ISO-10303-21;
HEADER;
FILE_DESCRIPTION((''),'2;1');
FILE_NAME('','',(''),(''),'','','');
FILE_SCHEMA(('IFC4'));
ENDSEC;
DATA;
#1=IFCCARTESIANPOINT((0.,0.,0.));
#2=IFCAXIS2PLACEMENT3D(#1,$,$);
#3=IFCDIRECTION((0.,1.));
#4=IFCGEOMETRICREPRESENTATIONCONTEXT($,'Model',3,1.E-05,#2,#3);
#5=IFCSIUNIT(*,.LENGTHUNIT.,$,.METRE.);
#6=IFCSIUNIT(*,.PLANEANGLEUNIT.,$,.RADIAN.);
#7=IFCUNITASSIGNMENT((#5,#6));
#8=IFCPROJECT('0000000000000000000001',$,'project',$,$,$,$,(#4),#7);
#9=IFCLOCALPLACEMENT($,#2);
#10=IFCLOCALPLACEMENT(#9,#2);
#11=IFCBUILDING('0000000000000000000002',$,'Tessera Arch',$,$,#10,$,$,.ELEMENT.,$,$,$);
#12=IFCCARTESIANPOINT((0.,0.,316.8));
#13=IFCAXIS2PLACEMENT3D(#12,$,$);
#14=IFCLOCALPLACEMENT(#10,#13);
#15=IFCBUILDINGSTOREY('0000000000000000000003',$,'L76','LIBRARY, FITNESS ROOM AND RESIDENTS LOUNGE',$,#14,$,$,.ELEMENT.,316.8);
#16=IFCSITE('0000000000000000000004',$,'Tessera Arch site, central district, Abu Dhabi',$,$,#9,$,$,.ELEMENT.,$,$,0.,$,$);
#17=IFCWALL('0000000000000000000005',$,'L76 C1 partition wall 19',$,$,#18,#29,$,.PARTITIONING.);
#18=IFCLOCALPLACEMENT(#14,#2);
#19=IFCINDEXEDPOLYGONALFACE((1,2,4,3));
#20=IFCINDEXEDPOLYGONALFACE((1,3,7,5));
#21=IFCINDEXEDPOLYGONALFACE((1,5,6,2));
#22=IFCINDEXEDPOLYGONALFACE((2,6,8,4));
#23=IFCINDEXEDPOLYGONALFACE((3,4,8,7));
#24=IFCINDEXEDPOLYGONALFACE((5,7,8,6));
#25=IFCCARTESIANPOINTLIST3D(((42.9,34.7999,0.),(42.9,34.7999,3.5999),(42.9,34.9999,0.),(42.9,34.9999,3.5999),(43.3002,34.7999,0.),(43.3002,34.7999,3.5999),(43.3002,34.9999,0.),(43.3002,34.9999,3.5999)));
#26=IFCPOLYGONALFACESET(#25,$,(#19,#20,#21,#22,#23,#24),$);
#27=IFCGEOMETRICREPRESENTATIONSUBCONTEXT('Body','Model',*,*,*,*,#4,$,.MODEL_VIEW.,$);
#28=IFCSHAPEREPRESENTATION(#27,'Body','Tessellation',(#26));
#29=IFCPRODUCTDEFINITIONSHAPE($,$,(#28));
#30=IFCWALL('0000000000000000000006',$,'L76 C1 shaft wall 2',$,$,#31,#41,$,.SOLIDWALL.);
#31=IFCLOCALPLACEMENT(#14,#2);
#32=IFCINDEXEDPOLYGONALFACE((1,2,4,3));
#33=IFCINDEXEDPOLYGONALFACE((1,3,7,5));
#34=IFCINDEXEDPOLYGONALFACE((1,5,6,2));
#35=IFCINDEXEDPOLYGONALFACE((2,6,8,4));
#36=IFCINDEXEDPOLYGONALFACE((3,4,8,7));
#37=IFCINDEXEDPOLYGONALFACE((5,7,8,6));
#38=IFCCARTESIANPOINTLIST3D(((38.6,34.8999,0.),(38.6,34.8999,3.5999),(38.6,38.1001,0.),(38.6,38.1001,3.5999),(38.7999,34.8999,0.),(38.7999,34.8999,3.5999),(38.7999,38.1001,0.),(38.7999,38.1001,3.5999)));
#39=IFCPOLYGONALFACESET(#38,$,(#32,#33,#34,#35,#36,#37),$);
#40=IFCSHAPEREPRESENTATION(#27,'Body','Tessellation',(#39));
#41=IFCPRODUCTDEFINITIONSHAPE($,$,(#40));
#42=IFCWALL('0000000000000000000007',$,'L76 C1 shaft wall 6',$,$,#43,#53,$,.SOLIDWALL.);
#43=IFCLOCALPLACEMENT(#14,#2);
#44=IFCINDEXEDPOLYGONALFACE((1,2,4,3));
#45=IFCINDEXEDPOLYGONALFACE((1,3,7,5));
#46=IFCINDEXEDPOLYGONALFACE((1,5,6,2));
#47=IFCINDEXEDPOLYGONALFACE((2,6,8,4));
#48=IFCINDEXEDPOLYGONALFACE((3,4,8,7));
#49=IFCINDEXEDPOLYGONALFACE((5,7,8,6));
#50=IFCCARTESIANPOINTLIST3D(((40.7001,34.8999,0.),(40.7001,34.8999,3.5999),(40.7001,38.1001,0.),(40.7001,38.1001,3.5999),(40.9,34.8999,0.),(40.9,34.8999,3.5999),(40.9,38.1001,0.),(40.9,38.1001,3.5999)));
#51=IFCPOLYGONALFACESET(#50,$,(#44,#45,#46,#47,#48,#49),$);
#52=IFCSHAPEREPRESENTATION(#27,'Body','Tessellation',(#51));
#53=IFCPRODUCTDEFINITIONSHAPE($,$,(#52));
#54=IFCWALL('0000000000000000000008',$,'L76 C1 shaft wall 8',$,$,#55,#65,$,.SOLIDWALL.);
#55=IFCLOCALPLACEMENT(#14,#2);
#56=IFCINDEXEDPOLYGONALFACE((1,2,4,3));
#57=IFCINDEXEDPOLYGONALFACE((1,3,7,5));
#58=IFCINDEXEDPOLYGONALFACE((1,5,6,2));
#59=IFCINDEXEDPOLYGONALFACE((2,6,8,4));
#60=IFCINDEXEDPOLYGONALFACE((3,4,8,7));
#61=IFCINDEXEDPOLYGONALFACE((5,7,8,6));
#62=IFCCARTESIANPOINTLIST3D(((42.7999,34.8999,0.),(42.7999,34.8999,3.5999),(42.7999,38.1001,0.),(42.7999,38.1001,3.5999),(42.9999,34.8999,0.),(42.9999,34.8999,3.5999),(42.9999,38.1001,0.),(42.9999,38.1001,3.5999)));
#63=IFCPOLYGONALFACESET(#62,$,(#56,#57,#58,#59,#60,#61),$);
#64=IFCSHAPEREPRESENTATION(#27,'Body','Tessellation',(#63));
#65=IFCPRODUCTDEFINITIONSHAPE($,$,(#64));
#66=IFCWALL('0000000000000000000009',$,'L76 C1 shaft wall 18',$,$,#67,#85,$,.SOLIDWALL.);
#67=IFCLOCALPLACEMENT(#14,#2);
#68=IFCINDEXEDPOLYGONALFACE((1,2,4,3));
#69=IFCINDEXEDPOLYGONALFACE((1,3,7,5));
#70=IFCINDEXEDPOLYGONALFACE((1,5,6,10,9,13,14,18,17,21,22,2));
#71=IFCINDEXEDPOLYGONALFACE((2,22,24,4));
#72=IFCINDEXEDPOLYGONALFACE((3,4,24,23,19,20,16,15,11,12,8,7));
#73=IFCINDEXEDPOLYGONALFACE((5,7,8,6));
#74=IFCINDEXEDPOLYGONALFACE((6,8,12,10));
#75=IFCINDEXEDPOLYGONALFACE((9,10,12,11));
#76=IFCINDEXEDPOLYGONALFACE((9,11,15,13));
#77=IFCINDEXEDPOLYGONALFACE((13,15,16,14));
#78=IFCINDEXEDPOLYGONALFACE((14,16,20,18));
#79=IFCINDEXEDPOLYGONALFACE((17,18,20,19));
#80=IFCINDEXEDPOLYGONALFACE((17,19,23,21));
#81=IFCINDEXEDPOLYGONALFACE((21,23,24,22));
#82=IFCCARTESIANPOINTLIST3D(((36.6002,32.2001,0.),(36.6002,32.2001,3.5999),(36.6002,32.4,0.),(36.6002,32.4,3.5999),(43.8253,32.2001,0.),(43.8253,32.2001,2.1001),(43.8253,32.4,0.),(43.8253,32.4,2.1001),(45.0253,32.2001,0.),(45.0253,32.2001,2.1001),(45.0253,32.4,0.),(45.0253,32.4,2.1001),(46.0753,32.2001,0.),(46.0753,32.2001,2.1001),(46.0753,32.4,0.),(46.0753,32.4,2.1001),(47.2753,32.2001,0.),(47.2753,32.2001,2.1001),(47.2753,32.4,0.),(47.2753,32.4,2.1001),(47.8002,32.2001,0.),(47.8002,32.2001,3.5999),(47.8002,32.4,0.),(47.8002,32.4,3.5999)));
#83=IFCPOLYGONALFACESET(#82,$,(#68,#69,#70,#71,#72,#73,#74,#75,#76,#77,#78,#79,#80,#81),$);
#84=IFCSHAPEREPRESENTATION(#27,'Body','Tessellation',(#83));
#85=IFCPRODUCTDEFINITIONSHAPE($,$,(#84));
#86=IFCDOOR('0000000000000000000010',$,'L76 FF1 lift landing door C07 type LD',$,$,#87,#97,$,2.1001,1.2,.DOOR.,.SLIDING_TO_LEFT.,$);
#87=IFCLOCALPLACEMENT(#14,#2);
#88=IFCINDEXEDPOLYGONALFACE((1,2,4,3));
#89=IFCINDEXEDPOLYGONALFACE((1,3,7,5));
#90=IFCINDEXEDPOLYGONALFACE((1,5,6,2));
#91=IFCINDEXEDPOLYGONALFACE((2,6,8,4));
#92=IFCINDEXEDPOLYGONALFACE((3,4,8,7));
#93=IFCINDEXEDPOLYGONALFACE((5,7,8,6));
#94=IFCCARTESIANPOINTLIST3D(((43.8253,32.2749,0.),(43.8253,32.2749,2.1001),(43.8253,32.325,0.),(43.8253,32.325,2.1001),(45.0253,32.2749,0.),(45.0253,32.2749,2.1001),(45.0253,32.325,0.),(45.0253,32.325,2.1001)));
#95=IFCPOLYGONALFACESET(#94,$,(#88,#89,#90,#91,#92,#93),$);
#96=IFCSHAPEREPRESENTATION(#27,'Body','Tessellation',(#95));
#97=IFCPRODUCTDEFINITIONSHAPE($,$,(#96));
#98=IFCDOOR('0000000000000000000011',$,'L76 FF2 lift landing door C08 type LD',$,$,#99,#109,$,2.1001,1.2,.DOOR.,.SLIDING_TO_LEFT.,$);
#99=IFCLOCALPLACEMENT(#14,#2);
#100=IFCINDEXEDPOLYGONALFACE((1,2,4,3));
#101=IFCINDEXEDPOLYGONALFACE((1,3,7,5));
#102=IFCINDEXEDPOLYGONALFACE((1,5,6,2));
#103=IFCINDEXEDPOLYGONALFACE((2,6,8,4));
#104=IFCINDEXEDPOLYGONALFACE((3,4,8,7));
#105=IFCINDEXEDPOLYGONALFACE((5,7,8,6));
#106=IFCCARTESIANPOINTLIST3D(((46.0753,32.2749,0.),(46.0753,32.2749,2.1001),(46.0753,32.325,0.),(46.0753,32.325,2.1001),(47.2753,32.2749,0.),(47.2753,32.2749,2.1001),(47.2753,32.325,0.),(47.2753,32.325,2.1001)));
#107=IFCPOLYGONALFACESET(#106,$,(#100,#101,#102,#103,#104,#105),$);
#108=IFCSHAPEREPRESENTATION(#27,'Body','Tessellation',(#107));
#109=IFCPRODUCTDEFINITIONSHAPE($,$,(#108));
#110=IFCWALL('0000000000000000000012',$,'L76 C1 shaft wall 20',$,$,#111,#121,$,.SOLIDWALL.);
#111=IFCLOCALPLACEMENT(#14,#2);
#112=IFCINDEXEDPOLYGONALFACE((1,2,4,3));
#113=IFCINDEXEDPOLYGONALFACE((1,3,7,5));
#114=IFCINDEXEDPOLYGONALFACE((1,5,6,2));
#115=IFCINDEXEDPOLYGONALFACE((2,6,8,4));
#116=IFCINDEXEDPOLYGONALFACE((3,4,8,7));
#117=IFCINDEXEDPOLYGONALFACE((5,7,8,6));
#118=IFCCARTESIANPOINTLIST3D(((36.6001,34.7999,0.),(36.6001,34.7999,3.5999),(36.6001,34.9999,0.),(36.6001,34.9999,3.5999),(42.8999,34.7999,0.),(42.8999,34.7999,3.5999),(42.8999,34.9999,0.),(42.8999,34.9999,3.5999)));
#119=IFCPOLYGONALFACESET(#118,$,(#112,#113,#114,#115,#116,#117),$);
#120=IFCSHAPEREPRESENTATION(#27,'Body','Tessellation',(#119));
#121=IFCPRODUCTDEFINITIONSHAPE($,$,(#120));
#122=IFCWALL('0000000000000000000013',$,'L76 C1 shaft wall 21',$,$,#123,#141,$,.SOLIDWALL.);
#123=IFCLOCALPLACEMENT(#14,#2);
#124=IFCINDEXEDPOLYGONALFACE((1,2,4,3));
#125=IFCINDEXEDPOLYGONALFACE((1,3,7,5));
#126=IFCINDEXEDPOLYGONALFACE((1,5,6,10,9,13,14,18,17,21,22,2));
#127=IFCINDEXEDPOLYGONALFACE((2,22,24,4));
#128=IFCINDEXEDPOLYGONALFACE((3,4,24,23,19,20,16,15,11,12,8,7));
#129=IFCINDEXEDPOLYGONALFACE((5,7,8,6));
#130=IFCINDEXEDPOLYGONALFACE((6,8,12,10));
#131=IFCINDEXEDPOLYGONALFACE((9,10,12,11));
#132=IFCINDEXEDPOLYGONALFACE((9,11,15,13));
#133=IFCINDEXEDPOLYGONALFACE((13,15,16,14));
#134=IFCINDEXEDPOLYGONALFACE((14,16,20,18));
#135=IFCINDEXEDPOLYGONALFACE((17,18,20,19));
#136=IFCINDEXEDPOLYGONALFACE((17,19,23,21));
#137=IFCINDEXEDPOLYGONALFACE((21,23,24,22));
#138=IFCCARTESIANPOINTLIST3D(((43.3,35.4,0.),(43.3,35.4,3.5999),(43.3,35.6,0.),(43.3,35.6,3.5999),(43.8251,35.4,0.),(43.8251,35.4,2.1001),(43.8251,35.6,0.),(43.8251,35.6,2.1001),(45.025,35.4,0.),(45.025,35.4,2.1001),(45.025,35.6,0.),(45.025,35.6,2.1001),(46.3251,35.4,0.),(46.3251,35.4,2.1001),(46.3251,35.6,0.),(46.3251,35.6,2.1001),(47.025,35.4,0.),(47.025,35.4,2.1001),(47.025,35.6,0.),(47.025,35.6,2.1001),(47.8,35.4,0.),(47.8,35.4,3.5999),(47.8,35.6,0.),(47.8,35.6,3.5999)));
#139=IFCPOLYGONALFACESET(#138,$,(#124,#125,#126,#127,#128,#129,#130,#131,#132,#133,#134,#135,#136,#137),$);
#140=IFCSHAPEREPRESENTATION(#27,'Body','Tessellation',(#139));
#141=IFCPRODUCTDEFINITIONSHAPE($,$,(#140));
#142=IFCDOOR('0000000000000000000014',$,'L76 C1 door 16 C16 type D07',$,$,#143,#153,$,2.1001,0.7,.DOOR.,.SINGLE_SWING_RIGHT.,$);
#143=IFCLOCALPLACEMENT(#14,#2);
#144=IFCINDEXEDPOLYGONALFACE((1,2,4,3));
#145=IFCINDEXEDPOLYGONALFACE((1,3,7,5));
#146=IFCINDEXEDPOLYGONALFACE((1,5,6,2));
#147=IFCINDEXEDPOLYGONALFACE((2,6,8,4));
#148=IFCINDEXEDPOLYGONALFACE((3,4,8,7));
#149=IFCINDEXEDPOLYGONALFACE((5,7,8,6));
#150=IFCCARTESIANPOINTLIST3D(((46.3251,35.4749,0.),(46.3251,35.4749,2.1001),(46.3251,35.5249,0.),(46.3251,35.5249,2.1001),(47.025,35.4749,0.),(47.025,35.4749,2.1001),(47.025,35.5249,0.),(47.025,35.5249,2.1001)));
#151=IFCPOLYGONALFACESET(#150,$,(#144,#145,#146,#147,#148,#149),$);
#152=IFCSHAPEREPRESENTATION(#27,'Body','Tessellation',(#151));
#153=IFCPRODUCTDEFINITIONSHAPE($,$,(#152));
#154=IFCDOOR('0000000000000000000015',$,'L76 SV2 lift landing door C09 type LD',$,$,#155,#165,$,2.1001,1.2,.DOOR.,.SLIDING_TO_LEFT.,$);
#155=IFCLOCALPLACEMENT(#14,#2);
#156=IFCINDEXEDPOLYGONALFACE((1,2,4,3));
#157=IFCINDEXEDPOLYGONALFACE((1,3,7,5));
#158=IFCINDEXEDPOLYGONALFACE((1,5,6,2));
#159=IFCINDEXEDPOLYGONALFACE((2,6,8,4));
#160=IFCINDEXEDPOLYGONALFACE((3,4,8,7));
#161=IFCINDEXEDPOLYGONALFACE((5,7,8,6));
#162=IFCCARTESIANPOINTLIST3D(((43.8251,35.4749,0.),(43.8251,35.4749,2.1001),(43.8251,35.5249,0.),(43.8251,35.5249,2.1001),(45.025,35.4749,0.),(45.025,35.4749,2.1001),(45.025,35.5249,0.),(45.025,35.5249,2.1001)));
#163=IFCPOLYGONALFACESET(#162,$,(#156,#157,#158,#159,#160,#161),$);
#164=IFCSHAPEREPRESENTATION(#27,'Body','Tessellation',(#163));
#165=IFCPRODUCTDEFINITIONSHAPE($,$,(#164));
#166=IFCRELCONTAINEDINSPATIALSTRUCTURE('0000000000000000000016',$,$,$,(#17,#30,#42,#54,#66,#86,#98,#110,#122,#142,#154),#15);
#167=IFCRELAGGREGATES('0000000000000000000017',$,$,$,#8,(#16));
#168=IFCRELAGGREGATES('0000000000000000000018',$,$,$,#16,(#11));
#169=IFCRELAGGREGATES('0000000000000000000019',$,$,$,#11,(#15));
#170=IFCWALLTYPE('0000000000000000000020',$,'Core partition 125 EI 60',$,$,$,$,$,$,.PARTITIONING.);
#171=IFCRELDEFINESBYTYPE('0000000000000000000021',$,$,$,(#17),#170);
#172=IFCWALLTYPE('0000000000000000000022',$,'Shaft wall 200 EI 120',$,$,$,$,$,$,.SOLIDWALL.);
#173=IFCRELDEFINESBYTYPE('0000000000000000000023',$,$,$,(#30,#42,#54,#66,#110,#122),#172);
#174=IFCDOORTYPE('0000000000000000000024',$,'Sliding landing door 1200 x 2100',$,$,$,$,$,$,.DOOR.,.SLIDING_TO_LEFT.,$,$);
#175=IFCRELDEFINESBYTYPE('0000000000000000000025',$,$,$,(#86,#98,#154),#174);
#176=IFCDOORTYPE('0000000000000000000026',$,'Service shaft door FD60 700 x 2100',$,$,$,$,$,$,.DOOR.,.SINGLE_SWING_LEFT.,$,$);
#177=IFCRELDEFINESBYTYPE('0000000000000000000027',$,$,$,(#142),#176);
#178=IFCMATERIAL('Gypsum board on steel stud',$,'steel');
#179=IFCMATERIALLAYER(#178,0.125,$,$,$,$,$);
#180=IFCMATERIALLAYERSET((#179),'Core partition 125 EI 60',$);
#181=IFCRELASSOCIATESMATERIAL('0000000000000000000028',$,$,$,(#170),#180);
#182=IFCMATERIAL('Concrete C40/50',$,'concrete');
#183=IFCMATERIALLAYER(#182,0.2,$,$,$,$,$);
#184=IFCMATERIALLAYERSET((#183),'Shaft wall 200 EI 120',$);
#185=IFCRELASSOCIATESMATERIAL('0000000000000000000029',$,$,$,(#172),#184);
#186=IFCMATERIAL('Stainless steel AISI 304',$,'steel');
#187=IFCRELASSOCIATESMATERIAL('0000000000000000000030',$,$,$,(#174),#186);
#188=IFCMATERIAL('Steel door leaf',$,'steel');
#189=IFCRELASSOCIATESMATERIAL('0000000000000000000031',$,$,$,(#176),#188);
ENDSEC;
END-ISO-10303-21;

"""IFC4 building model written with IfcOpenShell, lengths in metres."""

from ifc_helpers import new_model, si_unit, direction, frame, frame_2d, origin, place, context, subcontext, project, spatial, rectangle, extrude, material, layer, layer_set, type_object, element, fill, save


model = new_model("IFC4")

# Units and contexts
model_context = context("Model", 3, precision=1e-05, world=origin(), true_north=direction((0.0, 1.0)))
body_context = subcontext(model_context, "Body", "Model", "MODEL_VIEW")
ifc_project = project(units=[si_unit("LENGTHUNIT", "METRE"), si_unit("PLANEANGLEUNIT", "RADIAN")], contexts=[model_context])

# Site, building, storey
site_placement = place(None, origin())
site = spatial("IfcSite", under=ifc_project, at=site_placement, Name="Tessera Arch site, central district, Abu Dhabi", CompositionType="ELEMENT", RefElevation=0.0)
building_placement = place(site_placement, origin())
building = spatial("IfcBuilding", under=site, at=building_placement, Name="Tessera Arch", CompositionType="ELEMENT")
storey_placement = place(building_placement, frame((0.0, 0.0, 316.8)))
storey = spatial("IfcBuildingStorey", under=building, at=storey_placement, Name="L76", Description="LIBRARY, FITNESS ROOM AND RESIDENTS LOUNGE", CompositionType="ELEMENT", Elevation=316.8)

# Walls
ifc_material_1 = material(Name="Gypsum board on steel stud", Category="steel")
ifc_layer_1 = layer(ifc_material_1, 0.125)
ifc_layer_set_1 = layer_set([ifc_layer_1], Name="Core partition 125 EI 60")
wall_type_1 = type_object("IfcWallType", Name="Core partition 125 EI 60", PredefinedType="PARTITIONING", material=ifc_layer_set_1)
wall_1_placement = place(storey_placement, frame((42.8999, 34.8999, 0.0), z_axis=(0.0, 0.0, 1.0), x_axis=(1.0, 0.0, 0.0)))
element("IfcWall", 1, at=wall_1_placement, inside=storey, type_object=wall_type_1, Name="L76 C1 partition wall 19", PredefinedType="PARTITIONING", context=body_context, shape_type="SweptSolid", body=[
    extrude(rectangle(XDim=0.4001, YDim=0.2, at=frame_2d((0.2002, 0.0))), origin(), (0.0, 0.0, 1.0), 3.5999),
])
ifc_material_2 = material(Name="Concrete C40/50", Category="concrete")
ifc_layer_2 = layer(ifc_material_2, 0.2)
ifc_layer_set_2 = layer_set([ifc_layer_2], Name="Shaft wall 200 EI 120")
wall_type_2 = type_object("IfcWallType", Name="Shaft wall 200 EI 120", PredefinedType="SOLIDWALL", material=ifc_layer_set_2)
for number, where, z_axis, x_axis, name in (
    (2, (38.7, 34.8999, 0.0), (0.0, 0.0, 1.0), (0.0, 1.0, 0.0), "L76 C1 shaft wall 2"),
    (3, (40.8, 34.8999, 0.0), (0.0, 0.0, 1.0), (0.0, 1.0, 0.0), "L76 C1 shaft wall 6"),
    (4, (42.8999, 34.8999, 0.0), (0.0, 0.0, 1.0), (0.0, 1.0, 0.0), "L76 C1 shaft wall 8"),
):
    element("IfcWall", number, at=place(storey_placement, frame(where, z_axis=z_axis, x_axis=x_axis)), inside=storey, type_object=wall_type_2, Name=name, PredefinedType="SOLIDWALL", context=body_context, shape_type="SweptSolid", body=[
        extrude(rectangle(XDim=3.2002, YDim=0.2, at=frame_2d((1.6001, 0.0))), origin(), (0.0, 0.0, 1.0), 3.5999),
    ])

# Wall, openings, doors
wall_2_placement = place(storey_placement, frame((36.6001, 32.3, 0.0), z_axis=(0.0, 0.0, 1.0), x_axis=(1.0, 0.0, 0.0)))
wall_2 = element("IfcWall", 5, at=wall_2_placement, inside=storey, type_object=wall_type_2, Name="L76 C1 shaft wall 18", PredefinedType="SOLIDWALL", context=body_context, shape_type="SweptSolid", body=[
    extrude(rectangle(XDim=11.2, YDim=0.2, at=frame_2d((5.6001, 0.0))), origin(), (0.0, 0.0, 1.0), 3.5999),
])
opening_1_placement = place(wall_2_placement, frame((7.2251, 0.0, 0.0)))
opening_1 = element("IfcOpeningElement", 6, at=opening_1_placement, cuts=wall_2, PredefinedType="OPENING", context=body_context, shape_type="SweptSolid", body=[
    extrude(rectangle(XDim=1.2, YDim=2.1001, at=frame_2d((0.6001, 1.05))), frame((0.0, 0.1099, 0.0), z_axis=(0.0, -1.0, 0.0), x_axis=(1.0, 0.0, 0.0)), (0.0, 0.0, 1.0), 0.22),
])
opening_2_placement = place(wall_2_placement, frame((9.4751, 0.0, 0.0)))
opening_2 = element("IfcOpeningElement", 7, at=opening_2_placement, cuts=wall_2, PredefinedType="OPENING", context=body_context, shape_type="SweptSolid", body=[
    extrude(rectangle(XDim=1.2, YDim=2.1001, at=frame_2d((0.6001, 1.05))), frame((0.0, 0.1099, 0.0), z_axis=(0.0, -1.0, 0.0), x_axis=(1.0, 0.0, 0.0)), (0.0, 0.0, 1.0), 0.22),
])
ifc_material_3 = material(Name="Stainless steel AISI 304", Category="steel")
door_type_1 = type_object("IfcDoorType", Name="Sliding landing door 1200 x 2100", OperationType="SLIDING_TO_LEFT", PredefinedType="DOOR", material=ifc_material_3)
door_1_placement = place(opening_1_placement, origin())
door_1 = element("IfcDoor", 8, at=door_1_placement, inside=storey, type_object=door_type_1, Name="L76 FF1 lift landing door C07 type LD", OperationType="SLIDING_TO_LEFT", OverallHeight=2.1001, OverallWidth=1.2, PredefinedType="DOOR", context=body_context, shape_type="SweptSolid", body=[
    extrude(rectangle(XDim=1.2, YDim=2.1001, at=frame_2d((0.6001, 1.05))), frame((0.0, 0.0249, 0.0), z_axis=(0.0, -1.0, 0.0), x_axis=(1.0, 0.0, 0.0)), (0.0, 0.0, 1.0), 0.05),
])
fill(opening_1, door_1)
door_2_placement = place(opening_2_placement, origin())
door_2 = element("IfcDoor", 9, at=door_2_placement, inside=storey, type_object=door_type_1, Name="L76 FF2 lift landing door C08 type LD", OperationType="SLIDING_TO_LEFT", OverallHeight=2.1001, OverallWidth=1.2, PredefinedType="DOOR", context=body_context, shape_type="SweptSolid", body=[
    extrude(rectangle(XDim=1.2, YDim=2.1001, at=frame_2d((0.6001, 1.05))), frame((0.0, 0.0249, 0.0), z_axis=(0.0, -1.0, 0.0), x_axis=(1.0, 0.0, 0.0)), (0.0, 0.0, 1.0), 0.05),
])
fill(opening_2, door_2)

# Wall
wall_3_placement = place(storey_placement, frame((36.6001, 34.8999, 0.0), z_axis=(0.0, 0.0, 1.0), x_axis=(1.0, 0.0, 0.0)))
element("IfcWall", 10, at=wall_3_placement, inside=storey, type_object=wall_type_2, Name="L76 C1 shaft wall 20", PredefinedType="SOLIDWALL", context=body_context, shape_type="SweptSolid", body=[
    extrude(rectangle(XDim=6.2998, YDim=0.2, at=frame_2d((3.1499, 0.0))), origin(), (0.0, 0.0, 1.0), 3.5999),
])

# Wall, openings, doors
wall_4_placement = place(storey_placement, frame((43.3, 35.5, 0.0), z_axis=(0.0, 0.0, 1.0), x_axis=(1.0, 0.0, 0.0)))
wall_4 = element("IfcWall", 11, at=wall_4_placement, inside=storey, type_object=wall_type_2, Name="L76 C1 shaft wall 21", PredefinedType="SOLIDWALL", context=body_context, shape_type="SweptSolid", body=[
    extrude(rectangle(XDim=4.5, YDim=0.2, at=frame_2d((2.25, 0.0))), origin(), (0.0, 0.0, 1.0), 3.5999),
])
opening_3_placement = place(wall_4_placement, frame((0.5249, 0.0, 0.0)))
opening_3 = element("IfcOpeningElement", 12, at=opening_3_placement, cuts=wall_4, PredefinedType="OPENING", context=body_context, shape_type="SweptSolid", body=[
    extrude(rectangle(XDim=1.2, YDim=2.1001, at=frame_2d((0.6001, 1.05))), frame((0.0, 0.1099, 0.0), z_axis=(0.0, -1.0, 0.0), x_axis=(1.0, 0.0, 0.0)), (0.0, 0.0, 1.0), 0.22),
])
opening_4_placement = place(wall_4_placement, frame((3.0249, 0.0, 0.0)))
opening_4 = element("IfcOpeningElement", 13, at=opening_4_placement, cuts=wall_4, PredefinedType="OPENING", context=body_context, shape_type="SweptSolid", body=[
    extrude(rectangle(XDim=0.7, YDim=2.1001, at=frame_2d((0.3501, 1.05))), frame((0.0, 0.1099, 0.0), z_axis=(0.0, -1.0, 0.0), x_axis=(1.0, 0.0, 0.0)), (0.0, 0.0, 1.0), 0.22),
])
ifc_material_4 = material(Name="Steel door leaf", Category="steel")
door_type_2 = type_object("IfcDoorType", Name="Service shaft door FD60 700 x 2100", OperationType="SINGLE_SWING_LEFT", PredefinedType="DOOR", material=ifc_material_4)
door_3_placement = place(opening_4_placement, origin())
door_3 = element("IfcDoor", 14, at=door_3_placement, inside=storey, type_object=door_type_2, Name="L76 C1 door 16 C16 type D07", OperationType="SINGLE_SWING_RIGHT", OverallHeight=2.1001, OverallWidth=0.7, PredefinedType="DOOR", context=body_context, shape_type="SweptSolid", body=[
    extrude(rectangle(XDim=0.7, YDim=2.1001, at=frame_2d((0.3501, 1.05))), frame((0.0, 0.0249, 0.0), z_axis=(0.0, -1.0, 0.0), x_axis=(1.0, 0.0, 0.0)), (0.0, 0.0, 1.0), 0.05),
])
fill(opening_4, door_3)
door_4_placement = place(opening_3_placement, origin())
door_4 = element("IfcDoor", 15, at=door_4_placement, inside=storey, type_object=door_type_1, Name="L76 SV2 lift landing door C09 type LD", OperationType="SLIDING_TO_LEFT", OverallHeight=2.1001, OverallWidth=1.2, PredefinedType="DOOR", context=body_context, shape_type="SweptSolid", body=[
    extrude(rectangle(XDim=1.2, YDim=2.1001, at=frame_2d((0.6001, 1.05))), frame((0.0, 0.0249, 0.0), z_axis=(0.0, -1.0, 0.0), x_axis=(1.0, 0.0, 0.0)), (0.0, 0.0, 1.0), 0.05),
])
fill(opening_3, door_4)

save(model, "model.ifc")
